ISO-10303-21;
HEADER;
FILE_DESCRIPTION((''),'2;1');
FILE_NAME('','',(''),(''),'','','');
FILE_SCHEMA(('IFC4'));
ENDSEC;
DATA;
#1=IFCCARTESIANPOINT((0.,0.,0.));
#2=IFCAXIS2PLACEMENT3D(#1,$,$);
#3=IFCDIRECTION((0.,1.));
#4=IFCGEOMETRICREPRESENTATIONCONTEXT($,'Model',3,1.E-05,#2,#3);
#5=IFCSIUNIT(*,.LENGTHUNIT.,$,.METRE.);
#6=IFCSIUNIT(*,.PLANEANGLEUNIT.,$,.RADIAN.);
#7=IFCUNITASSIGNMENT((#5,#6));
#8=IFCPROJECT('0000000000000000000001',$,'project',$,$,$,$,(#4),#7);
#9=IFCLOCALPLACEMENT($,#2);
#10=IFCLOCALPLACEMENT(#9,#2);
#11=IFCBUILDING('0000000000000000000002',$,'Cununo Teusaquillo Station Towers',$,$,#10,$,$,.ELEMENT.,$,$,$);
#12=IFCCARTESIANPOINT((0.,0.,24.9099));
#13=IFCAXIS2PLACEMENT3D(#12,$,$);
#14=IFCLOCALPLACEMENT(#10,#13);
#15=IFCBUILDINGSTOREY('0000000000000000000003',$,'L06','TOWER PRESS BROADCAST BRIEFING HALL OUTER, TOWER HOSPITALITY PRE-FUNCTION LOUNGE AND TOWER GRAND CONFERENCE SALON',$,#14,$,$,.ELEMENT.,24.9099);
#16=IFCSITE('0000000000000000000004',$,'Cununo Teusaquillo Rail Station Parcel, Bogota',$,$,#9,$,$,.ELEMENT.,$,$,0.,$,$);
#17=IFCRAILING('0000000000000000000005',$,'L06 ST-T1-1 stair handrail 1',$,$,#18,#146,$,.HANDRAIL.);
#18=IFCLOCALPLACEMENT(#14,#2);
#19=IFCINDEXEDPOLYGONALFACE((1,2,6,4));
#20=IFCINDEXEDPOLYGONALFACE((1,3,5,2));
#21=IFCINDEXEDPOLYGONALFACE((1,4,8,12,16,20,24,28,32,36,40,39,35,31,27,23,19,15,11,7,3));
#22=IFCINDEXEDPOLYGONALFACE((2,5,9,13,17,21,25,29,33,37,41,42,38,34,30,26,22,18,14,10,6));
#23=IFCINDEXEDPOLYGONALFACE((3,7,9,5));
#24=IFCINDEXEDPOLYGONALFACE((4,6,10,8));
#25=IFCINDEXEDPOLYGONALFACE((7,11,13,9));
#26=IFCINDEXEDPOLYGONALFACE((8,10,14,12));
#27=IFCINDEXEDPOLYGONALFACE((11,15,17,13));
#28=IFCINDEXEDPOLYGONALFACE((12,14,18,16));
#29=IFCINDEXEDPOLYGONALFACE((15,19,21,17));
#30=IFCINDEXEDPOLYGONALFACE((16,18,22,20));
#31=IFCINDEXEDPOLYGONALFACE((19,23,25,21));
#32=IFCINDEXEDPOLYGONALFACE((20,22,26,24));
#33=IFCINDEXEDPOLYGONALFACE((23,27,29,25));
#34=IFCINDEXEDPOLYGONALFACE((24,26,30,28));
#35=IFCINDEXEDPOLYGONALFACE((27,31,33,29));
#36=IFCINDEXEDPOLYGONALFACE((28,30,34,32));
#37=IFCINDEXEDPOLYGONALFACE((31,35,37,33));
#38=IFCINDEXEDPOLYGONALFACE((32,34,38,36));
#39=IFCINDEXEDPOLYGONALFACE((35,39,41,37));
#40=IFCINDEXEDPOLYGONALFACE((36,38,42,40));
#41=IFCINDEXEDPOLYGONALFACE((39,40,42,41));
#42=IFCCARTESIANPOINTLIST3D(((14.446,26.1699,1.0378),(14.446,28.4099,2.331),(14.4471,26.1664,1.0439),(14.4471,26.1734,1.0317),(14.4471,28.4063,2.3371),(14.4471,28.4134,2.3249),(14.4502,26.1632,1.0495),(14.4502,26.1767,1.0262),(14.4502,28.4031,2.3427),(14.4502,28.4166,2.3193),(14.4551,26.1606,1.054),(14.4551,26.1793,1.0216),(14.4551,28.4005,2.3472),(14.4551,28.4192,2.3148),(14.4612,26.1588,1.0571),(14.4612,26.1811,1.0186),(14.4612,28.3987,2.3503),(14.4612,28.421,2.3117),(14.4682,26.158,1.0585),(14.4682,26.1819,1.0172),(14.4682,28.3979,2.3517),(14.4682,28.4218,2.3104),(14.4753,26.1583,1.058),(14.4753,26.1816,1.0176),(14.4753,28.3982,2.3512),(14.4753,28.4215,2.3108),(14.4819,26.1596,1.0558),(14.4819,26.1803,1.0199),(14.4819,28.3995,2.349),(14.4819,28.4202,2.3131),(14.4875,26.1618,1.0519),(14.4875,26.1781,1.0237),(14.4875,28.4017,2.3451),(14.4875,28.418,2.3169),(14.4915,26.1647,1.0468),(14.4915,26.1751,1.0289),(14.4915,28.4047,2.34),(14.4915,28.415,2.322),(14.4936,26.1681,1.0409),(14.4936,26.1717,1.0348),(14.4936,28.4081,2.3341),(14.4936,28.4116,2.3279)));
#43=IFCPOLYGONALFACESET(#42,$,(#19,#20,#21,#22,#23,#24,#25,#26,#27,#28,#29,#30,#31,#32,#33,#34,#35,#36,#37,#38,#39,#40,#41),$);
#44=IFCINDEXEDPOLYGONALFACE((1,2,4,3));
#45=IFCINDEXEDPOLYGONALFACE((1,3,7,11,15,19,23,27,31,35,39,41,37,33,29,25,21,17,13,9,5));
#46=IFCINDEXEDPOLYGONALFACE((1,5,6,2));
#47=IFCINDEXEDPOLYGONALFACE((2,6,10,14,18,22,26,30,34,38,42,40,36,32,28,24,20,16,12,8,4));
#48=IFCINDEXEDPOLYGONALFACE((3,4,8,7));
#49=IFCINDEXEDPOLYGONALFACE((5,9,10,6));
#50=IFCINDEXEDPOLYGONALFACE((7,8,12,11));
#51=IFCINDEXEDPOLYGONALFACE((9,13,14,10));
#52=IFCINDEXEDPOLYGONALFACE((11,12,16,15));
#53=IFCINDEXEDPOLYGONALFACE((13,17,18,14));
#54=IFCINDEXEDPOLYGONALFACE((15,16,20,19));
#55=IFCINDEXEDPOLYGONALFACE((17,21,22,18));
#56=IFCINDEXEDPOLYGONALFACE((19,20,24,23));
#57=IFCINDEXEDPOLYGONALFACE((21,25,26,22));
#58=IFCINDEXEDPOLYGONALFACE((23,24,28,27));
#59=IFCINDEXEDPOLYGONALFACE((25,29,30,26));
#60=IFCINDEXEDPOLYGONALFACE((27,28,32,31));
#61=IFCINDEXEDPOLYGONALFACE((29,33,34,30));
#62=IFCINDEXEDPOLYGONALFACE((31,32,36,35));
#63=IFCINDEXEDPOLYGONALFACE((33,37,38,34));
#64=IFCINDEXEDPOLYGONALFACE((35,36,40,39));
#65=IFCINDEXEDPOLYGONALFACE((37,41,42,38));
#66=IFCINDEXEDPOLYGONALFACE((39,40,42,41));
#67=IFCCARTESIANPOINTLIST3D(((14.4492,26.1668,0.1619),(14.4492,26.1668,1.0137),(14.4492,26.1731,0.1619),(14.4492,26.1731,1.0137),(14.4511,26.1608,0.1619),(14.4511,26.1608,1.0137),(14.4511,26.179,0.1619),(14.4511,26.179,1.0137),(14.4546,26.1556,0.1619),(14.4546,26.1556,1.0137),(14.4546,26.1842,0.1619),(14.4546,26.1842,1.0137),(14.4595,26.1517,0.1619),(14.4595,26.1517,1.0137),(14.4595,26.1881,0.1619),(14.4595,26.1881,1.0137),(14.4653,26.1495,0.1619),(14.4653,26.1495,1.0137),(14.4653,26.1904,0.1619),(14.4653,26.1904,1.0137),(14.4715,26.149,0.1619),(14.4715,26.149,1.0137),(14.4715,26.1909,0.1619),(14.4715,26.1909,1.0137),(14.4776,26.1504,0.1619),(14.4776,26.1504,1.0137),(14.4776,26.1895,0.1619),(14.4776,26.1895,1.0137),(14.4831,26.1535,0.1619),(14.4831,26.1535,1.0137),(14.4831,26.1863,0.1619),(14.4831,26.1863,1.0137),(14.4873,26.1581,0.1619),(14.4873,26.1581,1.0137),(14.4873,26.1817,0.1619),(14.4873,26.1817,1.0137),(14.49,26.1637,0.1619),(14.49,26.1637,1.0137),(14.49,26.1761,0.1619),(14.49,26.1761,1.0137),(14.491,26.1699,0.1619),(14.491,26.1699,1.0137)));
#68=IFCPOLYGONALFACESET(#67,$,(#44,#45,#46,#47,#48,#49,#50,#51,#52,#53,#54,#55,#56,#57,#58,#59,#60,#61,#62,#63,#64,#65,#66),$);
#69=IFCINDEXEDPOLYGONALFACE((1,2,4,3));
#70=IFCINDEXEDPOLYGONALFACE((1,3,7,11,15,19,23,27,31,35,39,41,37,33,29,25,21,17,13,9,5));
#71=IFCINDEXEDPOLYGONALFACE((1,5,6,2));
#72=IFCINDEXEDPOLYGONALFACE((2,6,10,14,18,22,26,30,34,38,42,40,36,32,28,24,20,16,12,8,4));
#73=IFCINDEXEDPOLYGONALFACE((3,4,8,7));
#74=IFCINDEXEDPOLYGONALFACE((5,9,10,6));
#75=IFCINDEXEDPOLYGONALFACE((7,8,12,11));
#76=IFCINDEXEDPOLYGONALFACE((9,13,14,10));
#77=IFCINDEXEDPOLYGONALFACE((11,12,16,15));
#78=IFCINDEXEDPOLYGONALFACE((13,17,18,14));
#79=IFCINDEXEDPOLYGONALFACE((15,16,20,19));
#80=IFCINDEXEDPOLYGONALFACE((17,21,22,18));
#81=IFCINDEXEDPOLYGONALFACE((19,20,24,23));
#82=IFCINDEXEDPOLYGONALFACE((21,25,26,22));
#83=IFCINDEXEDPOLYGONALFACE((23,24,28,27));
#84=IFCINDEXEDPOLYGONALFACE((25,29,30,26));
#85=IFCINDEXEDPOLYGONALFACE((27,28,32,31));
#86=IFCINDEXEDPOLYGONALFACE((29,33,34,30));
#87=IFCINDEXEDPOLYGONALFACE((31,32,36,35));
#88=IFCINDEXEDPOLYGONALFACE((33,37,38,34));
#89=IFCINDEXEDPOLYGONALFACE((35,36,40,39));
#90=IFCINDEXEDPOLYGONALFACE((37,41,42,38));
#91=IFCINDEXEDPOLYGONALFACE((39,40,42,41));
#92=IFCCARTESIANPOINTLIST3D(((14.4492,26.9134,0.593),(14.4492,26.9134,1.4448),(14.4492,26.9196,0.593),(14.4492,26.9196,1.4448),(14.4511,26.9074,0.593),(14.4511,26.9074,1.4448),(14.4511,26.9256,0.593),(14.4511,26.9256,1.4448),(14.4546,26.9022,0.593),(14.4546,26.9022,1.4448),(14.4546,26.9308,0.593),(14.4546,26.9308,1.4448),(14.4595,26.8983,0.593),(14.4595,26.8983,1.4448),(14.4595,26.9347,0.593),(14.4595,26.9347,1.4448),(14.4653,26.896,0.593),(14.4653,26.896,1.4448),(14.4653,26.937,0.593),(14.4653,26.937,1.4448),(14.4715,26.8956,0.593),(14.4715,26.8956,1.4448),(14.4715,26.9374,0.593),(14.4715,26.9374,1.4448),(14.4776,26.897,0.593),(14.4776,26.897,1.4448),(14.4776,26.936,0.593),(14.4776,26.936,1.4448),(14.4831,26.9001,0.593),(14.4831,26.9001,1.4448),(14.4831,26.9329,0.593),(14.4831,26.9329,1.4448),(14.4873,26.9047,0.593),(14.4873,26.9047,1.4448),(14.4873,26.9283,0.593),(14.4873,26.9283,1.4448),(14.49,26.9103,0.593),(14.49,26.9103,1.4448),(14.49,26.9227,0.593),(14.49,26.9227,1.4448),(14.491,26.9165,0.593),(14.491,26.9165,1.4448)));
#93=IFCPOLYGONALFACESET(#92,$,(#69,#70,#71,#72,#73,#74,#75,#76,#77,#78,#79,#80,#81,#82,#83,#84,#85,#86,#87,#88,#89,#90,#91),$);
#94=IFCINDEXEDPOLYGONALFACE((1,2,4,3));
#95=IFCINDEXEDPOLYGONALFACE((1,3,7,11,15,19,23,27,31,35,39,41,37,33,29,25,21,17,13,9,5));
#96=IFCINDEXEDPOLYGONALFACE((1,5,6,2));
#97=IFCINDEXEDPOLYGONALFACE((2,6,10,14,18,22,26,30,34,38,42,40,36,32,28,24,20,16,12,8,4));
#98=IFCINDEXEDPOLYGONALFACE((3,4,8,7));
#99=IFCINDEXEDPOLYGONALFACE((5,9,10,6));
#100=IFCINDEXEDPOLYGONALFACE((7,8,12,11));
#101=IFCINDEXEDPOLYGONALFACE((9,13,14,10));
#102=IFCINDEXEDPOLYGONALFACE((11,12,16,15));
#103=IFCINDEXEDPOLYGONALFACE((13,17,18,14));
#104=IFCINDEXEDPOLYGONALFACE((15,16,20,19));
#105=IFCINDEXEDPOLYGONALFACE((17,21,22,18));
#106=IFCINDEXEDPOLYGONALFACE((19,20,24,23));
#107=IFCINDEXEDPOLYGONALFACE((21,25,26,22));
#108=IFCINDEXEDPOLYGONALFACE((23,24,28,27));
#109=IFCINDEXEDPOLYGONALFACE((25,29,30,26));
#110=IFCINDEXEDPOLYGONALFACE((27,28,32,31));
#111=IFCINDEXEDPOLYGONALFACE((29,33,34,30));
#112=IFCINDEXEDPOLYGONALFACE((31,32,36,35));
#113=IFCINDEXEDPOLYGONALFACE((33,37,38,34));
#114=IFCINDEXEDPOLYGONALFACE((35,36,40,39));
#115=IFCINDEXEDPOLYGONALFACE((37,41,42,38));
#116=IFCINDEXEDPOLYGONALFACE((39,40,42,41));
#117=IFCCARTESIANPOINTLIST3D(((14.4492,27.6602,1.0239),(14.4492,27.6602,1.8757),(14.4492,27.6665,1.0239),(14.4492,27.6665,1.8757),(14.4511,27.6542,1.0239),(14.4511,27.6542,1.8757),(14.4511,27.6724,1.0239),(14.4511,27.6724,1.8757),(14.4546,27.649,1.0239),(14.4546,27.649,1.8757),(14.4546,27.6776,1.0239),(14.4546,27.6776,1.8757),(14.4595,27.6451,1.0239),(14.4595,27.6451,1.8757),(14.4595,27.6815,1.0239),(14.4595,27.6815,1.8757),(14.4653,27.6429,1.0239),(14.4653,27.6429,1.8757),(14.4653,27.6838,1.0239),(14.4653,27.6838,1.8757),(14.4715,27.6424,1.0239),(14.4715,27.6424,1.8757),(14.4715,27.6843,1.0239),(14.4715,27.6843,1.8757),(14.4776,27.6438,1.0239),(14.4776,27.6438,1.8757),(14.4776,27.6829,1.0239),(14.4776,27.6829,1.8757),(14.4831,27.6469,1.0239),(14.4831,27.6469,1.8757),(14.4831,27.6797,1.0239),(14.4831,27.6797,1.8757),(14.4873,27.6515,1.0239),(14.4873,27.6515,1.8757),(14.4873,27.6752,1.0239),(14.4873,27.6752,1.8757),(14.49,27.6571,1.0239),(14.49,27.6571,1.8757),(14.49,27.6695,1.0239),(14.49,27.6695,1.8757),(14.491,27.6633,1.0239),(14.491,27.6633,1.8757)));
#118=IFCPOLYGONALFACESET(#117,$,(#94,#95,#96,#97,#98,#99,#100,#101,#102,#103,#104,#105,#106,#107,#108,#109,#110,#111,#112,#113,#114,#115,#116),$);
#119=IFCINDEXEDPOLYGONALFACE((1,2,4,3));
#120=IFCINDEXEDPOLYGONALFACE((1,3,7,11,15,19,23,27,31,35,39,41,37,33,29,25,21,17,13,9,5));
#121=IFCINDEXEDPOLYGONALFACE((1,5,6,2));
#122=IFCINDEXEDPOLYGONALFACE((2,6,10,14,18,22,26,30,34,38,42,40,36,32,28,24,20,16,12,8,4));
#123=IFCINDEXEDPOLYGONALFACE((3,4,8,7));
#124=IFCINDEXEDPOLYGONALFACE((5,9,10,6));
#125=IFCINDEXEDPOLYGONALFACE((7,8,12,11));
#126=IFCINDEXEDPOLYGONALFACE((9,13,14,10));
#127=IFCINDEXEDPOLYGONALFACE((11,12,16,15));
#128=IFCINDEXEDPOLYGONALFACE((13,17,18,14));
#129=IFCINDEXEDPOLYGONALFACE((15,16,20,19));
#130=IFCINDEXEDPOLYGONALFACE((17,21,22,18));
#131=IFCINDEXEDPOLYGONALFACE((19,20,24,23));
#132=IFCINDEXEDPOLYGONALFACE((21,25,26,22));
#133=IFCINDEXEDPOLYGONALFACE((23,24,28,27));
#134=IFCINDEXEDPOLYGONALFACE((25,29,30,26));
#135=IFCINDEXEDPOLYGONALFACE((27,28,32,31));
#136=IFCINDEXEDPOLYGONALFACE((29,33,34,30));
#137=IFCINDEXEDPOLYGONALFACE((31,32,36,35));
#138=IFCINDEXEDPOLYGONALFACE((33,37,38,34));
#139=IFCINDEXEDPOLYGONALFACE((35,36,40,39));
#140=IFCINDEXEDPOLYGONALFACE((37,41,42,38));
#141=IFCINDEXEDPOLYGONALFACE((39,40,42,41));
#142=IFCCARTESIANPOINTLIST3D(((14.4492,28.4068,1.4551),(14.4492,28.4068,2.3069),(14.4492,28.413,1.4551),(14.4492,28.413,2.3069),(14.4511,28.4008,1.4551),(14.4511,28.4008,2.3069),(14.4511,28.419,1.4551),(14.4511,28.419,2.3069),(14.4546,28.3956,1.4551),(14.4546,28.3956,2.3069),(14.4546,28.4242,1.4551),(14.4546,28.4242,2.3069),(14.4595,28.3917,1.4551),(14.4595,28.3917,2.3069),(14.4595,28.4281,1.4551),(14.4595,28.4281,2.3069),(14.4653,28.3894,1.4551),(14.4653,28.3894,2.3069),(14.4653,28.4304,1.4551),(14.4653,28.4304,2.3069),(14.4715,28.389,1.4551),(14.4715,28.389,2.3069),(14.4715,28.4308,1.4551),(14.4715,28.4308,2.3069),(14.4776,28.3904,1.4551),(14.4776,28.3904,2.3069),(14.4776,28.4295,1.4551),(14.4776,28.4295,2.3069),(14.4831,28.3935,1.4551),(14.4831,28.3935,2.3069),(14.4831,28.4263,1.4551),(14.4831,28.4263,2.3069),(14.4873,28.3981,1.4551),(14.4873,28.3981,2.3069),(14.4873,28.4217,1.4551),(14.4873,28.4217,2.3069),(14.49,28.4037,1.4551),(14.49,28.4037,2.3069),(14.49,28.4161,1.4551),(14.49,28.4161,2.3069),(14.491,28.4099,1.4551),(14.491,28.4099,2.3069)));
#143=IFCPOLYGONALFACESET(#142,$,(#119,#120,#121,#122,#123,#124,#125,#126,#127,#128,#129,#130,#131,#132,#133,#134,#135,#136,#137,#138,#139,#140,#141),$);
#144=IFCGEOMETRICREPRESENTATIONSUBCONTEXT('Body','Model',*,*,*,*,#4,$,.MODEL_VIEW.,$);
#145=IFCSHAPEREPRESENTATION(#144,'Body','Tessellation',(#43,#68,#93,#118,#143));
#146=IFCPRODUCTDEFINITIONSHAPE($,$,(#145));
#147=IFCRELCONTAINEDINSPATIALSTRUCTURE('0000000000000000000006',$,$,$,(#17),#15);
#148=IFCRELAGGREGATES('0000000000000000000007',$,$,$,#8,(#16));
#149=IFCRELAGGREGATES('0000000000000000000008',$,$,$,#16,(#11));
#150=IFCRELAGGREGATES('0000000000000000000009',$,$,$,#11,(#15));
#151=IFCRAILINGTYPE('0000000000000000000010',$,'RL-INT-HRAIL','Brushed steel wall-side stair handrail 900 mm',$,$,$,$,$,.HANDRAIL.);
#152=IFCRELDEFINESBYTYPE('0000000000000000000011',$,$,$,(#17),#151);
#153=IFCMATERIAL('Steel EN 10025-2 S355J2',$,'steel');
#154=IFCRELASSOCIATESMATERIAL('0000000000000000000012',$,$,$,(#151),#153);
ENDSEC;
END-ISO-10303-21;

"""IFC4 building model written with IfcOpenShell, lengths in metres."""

from ifc_helpers import new_model, si_unit, direction, frame, origin, origin_2d, place, context, subcontext, project, spatial, circle, extrude, material, type_object, element, save


model = new_model("IFC4")

# Units and contexts
model_context = context("Model", 3, precision=1e-05, world=origin(), true_north=direction((0.0, 1.0)))
body_context = subcontext(model_context, "Body", "Model", "MODEL_VIEW")
ifc_project = project(units=[si_unit("LENGTHUNIT", "METRE"), si_unit("PLANEANGLEUNIT", "RADIAN")], contexts=[model_context])

# Site, building, storey
site_placement = place(None, origin())
site = spatial("IfcSite", under=ifc_project, at=site_placement, Name="Cununo Teusaquillo Rail Station Parcel, Bogota", CompositionType="ELEMENT", RefElevation=0.0)
building_placement = place(site_placement, origin())
building = spatial("IfcBuilding", under=site, at=building_placement, Name="Cununo Teusaquillo Station Towers", CompositionType="ELEMENT")
storey_placement = place(building_placement, frame((0.0, 0.0, 24.9099)))
storey = spatial("IfcBuildingStorey", under=building, at=storey_placement, Name="L06", Description="TOWER PRESS BROADCAST BRIEFING HALL OUTER, TOWER HOSPITALITY PRE-FUNCTION LOUNGE AND TOWER GRAND CONFERENCE SALON", CompositionType="ELEMENT", Elevation=24.9099)

# Railing
ifc_material_1 = material(Name="Steel EN 10025-2 S355J2", Category="steel")
railing_type_1 = type_object("IfcRailingType", Name="RL-INT-HRAIL", Description="Brushed steel wall-side stair handrail 900 mm", PredefinedType="HANDRAIL", material=ifc_material_1)
railing_1_placement = place(storey_placement, frame((14.47, 26.1699, 0.1619)))
element("IfcRailing", 1, at=railing_1_placement, inside=storey, type_object=railing_type_1, Name="L06 ST-T1-1 stair handrail 1", PredefinedType="HANDRAIL", context=body_context, shape_type="SweptSolid", body=[
    extrude(circle(Radius=0.0239, at=origin_2d()), frame((0.0, 0.0, 0.876), z_axis=(0.0, 0.866033, 0.499987), x_axis=(-1.0, 0.0, 0.0)), (0.0, 0.0, 1.0), 2.5864),
    extrude(circle(Radius=0.021, at=origin_2d()), origin(), (0.0, 0.0, 1.0), 0.8518),
    extrude(circle(Radius=0.021, at=origin_2d()), frame((0.0, 0.7466, 0.4312)), (0.0, 0.0, 1.0), 0.8518),
    extrude(circle(Radius=0.021, at=origin_2d()), frame((0.0, 1.4934, 0.8621)), (0.0, 0.0, 1.0), 0.8518),
    extrude(circle(Radius=0.021, at=origin_2d()), frame((0.0, 2.24, 1.2932)), (0.0, 0.0, 1.0), 0.8518),
])

save(model, "model.ifc")
